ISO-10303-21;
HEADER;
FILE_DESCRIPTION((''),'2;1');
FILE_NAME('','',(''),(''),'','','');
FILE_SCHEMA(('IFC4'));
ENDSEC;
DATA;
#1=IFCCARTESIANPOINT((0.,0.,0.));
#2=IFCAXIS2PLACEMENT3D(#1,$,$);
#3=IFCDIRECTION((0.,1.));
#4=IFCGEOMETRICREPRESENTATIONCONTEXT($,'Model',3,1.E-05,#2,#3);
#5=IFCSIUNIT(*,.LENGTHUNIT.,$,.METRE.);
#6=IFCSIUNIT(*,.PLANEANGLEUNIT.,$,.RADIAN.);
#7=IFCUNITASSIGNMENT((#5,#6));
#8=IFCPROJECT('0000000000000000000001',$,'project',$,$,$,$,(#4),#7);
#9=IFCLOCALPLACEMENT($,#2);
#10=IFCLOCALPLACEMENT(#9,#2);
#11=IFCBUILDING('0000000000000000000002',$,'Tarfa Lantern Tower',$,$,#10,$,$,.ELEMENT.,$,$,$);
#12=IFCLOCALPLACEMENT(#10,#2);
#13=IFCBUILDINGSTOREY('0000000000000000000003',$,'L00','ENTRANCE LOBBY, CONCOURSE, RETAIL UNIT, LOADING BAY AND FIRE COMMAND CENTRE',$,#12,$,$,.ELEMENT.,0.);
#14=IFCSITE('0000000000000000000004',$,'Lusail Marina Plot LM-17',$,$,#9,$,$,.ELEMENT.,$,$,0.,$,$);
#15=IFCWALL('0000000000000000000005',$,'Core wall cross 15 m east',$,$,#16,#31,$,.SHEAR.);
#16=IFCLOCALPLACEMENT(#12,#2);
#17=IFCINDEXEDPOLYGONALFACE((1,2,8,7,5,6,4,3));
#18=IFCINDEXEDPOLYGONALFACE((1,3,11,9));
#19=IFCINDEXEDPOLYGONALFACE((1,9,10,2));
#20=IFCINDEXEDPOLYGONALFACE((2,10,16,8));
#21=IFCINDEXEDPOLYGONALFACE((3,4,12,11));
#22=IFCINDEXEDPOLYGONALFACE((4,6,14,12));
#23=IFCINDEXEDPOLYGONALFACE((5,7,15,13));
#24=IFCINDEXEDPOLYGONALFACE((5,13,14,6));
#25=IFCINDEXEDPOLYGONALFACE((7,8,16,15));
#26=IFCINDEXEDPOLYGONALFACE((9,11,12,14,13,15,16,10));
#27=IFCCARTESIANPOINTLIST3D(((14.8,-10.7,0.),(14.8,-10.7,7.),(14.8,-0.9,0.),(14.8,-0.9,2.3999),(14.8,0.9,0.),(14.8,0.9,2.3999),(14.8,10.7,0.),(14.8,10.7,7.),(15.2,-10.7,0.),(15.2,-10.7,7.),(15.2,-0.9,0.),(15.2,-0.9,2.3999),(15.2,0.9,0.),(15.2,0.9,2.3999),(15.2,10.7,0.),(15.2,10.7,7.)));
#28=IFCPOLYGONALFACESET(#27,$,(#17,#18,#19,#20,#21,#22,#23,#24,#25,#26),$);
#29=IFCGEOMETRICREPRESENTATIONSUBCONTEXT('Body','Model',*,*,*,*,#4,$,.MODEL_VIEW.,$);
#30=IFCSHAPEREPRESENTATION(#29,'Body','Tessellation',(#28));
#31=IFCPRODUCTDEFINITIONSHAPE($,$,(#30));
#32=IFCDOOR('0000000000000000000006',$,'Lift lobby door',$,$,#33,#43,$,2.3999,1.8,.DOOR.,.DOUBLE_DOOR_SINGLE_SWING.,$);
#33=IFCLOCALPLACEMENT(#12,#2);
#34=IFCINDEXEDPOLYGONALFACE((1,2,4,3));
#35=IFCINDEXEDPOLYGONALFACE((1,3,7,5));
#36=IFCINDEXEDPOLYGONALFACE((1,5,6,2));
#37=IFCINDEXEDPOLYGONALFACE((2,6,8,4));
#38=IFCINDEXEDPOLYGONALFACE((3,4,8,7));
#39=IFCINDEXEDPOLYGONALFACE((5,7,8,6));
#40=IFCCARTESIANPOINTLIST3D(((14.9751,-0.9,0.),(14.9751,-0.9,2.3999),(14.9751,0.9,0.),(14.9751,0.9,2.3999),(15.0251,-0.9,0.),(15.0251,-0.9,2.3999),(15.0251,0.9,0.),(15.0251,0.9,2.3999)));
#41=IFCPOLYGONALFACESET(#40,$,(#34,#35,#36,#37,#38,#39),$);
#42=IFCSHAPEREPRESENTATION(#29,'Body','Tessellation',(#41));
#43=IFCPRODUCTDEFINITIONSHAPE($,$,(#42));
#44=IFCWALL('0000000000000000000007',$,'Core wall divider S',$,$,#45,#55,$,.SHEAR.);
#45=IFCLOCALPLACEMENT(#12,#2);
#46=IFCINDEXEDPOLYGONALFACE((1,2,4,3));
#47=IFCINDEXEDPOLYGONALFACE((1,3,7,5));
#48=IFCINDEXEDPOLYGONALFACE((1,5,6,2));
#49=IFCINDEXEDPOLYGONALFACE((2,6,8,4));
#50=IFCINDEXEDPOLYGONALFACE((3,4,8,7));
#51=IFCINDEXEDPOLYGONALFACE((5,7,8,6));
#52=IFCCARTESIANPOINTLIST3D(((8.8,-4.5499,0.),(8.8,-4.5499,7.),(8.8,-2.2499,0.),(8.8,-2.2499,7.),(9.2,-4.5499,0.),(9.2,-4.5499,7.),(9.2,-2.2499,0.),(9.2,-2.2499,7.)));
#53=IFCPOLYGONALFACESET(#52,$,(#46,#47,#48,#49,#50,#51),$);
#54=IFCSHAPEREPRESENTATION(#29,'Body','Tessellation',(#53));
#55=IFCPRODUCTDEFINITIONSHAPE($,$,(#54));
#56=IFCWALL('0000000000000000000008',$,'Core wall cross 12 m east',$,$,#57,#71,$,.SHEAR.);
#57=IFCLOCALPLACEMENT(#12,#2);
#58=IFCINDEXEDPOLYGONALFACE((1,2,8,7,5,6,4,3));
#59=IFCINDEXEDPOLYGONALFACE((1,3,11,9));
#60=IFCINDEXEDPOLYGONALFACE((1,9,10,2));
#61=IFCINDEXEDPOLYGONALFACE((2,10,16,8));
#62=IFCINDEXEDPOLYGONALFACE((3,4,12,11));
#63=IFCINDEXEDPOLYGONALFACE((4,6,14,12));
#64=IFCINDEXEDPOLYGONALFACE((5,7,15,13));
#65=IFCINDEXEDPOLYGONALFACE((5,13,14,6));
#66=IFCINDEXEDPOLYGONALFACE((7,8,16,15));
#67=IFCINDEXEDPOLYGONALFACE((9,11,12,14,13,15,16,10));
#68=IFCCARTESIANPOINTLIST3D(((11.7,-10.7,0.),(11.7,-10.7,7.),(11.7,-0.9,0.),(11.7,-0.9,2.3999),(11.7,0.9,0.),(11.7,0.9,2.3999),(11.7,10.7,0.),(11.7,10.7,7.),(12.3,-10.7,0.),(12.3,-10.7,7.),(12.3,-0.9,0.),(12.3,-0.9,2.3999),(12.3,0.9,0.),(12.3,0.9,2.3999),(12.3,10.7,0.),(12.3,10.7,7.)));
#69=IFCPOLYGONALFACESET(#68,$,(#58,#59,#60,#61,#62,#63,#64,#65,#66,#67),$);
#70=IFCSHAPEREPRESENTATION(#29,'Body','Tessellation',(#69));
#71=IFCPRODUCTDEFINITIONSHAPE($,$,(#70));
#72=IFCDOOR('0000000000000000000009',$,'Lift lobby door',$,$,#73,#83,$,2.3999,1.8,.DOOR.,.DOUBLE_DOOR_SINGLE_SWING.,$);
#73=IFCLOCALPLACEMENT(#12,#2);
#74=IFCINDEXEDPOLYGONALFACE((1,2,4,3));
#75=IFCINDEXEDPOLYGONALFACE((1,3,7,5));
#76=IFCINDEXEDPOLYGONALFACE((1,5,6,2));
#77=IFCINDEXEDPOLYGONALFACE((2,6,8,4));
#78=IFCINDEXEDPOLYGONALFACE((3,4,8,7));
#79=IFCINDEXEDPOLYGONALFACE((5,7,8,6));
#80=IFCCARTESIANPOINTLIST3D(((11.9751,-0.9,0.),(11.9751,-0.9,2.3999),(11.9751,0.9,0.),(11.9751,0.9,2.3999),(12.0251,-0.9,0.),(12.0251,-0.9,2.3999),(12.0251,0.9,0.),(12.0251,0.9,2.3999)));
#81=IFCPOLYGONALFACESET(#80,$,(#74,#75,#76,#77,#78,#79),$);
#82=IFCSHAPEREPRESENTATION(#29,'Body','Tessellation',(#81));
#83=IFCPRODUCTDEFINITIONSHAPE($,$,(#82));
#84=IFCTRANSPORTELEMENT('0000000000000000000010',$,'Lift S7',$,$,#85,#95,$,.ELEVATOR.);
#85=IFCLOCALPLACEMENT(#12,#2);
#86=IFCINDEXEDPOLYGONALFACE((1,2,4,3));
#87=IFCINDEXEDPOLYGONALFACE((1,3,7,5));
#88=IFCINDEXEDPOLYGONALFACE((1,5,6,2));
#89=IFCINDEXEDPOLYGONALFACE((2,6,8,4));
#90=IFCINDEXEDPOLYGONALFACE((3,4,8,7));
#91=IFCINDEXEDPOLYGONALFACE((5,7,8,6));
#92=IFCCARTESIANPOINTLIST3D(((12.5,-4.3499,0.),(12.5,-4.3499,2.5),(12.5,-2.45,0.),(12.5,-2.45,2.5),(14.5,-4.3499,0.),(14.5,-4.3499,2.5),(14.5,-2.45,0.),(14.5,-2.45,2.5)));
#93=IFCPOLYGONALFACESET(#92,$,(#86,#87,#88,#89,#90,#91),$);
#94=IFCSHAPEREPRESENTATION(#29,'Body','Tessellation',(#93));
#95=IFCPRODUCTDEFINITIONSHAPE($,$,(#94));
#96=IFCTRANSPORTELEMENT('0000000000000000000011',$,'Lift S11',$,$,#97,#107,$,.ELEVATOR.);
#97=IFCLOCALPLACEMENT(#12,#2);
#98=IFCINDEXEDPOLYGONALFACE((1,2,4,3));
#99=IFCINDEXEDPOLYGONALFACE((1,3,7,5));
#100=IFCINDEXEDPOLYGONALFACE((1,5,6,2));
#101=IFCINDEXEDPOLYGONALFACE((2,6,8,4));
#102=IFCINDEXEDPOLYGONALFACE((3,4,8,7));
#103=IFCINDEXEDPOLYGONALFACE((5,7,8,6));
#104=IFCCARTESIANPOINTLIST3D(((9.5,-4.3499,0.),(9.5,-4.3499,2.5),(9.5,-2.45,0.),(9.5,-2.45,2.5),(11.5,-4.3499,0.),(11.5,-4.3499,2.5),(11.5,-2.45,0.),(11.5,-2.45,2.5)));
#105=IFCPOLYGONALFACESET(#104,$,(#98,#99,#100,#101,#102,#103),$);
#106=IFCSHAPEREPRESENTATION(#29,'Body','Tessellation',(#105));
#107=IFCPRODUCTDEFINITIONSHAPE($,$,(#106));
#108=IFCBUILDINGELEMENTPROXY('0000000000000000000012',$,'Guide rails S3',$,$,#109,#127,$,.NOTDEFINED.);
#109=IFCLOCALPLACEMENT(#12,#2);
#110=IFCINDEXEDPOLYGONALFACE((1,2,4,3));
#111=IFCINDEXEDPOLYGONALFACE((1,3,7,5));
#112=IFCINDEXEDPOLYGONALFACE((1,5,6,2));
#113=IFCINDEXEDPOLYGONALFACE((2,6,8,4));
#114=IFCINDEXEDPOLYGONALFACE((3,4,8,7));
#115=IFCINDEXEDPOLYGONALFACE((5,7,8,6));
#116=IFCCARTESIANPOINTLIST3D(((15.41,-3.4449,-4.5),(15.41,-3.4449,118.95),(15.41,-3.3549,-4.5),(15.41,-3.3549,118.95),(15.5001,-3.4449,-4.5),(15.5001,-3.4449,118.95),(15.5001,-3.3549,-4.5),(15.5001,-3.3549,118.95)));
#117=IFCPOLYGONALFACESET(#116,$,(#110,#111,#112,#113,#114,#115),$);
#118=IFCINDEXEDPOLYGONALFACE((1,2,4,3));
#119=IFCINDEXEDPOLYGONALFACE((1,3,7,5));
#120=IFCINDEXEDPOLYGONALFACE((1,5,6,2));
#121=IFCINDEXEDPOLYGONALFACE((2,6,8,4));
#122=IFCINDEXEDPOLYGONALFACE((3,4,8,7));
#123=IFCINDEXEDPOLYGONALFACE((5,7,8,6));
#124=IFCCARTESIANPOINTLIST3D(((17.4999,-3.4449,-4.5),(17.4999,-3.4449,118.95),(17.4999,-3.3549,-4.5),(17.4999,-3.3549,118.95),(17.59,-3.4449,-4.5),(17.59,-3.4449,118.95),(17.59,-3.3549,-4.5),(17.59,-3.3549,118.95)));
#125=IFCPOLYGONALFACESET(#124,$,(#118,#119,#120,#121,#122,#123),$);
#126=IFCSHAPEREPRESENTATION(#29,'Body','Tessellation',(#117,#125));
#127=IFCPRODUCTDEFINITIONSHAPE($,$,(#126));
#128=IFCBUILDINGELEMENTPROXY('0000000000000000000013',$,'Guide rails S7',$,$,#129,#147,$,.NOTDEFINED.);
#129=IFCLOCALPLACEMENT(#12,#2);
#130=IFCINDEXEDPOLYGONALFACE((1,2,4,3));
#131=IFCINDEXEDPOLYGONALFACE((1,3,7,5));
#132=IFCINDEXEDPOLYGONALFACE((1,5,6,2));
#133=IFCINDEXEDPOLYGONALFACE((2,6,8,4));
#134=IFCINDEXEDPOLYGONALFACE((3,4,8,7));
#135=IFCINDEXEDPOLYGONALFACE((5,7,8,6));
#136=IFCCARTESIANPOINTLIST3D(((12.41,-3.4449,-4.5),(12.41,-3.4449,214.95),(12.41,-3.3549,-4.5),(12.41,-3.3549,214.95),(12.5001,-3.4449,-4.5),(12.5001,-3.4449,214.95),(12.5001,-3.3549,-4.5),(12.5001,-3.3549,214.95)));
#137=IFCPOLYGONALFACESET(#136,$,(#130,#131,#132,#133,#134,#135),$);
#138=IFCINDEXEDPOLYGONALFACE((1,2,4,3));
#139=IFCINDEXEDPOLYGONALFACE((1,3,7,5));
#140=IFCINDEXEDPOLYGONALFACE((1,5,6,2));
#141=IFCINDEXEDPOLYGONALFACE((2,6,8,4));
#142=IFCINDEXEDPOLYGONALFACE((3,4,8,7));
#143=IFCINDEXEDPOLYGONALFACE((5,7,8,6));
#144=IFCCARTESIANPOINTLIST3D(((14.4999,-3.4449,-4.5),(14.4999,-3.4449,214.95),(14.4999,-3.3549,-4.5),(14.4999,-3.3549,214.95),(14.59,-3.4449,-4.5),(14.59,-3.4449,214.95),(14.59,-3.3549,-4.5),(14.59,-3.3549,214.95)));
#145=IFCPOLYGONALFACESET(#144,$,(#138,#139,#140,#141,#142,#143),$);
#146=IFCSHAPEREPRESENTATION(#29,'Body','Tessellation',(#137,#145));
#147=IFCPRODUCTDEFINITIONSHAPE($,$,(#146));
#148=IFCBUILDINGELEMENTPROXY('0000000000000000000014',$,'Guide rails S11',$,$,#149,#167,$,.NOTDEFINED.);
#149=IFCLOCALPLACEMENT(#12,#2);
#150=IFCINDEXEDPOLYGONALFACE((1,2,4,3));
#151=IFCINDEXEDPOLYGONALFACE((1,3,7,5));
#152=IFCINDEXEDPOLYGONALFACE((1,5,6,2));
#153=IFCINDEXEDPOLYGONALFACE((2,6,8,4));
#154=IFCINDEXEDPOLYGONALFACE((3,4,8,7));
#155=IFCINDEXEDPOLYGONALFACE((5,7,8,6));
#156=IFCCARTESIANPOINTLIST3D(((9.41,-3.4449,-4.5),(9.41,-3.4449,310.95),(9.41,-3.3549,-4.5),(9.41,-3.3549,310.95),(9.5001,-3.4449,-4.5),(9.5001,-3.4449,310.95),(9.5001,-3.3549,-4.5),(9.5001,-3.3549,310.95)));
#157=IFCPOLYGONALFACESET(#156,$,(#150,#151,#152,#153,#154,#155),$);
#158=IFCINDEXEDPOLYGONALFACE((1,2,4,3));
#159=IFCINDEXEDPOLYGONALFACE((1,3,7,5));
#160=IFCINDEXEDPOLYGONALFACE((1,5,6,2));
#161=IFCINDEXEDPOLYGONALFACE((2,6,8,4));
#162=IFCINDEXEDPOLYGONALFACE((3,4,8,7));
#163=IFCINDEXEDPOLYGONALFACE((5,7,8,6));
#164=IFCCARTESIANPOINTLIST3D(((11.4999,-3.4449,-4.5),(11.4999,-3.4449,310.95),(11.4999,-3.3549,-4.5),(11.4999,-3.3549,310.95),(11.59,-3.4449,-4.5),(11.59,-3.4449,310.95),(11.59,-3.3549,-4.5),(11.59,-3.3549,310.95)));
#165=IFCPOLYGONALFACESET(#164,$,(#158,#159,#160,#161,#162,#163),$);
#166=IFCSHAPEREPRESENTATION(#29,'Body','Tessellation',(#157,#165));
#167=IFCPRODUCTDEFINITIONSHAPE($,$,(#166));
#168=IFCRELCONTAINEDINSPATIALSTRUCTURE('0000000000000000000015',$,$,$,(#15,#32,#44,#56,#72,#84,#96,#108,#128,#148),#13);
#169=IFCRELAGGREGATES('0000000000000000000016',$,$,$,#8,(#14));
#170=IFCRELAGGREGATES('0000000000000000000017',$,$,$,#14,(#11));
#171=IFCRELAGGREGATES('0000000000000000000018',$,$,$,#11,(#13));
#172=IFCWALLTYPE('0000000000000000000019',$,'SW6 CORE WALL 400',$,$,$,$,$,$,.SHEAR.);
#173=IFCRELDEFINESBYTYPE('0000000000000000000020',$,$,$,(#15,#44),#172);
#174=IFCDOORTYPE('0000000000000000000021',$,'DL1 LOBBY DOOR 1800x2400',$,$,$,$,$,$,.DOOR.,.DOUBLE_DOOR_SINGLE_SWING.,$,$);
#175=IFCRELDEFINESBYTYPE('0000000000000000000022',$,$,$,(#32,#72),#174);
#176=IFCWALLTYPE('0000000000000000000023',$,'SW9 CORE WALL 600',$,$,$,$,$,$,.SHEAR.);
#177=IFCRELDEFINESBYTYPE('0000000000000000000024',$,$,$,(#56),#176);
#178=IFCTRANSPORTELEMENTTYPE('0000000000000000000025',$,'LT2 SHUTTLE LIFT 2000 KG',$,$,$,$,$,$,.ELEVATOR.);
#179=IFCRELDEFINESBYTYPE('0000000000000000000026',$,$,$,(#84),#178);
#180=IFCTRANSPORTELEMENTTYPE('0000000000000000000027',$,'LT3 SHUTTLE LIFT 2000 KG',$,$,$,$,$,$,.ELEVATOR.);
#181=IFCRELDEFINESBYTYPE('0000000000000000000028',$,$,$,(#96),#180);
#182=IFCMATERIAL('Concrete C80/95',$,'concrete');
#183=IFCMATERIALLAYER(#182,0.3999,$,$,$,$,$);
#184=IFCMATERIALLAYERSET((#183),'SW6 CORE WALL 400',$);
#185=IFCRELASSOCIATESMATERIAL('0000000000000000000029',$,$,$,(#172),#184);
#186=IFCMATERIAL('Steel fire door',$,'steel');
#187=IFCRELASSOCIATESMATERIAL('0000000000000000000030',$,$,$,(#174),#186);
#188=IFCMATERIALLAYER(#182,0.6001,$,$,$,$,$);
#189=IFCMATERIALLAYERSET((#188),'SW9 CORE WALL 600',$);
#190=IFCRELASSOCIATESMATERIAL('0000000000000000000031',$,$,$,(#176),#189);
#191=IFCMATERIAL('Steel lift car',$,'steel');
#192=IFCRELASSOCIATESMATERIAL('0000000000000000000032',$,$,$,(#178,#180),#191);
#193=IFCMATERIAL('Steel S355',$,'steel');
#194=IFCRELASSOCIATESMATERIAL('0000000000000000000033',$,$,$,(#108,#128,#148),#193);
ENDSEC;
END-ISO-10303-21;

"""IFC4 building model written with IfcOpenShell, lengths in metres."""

from ifc_helpers import new_model, si_unit, direction, frame, frame_2d, origin, origin_2d, place, context, subcontext, project, spatial, rectangle, extrude, material, layer, layer_set, type_object, element, fill, save


model = new_model("IFC4")

# Units and contexts
model_context = context("Model", 3, precision=1e-05, world=origin(), true_north=direction((0.0, 1.0)))
body_context = subcontext(model_context, "Body", "Model", "MODEL_VIEW")
ifc_project = project(units=[si_unit("LENGTHUNIT", "METRE"), si_unit("PLANEANGLEUNIT", "RADIAN")], contexts=[model_context])

# Site, building, storey
site_placement = place(None, origin())
site = spatial("IfcSite", under=ifc_project, at=site_placement, Name="Lusail Marina Plot LM-17", CompositionType="ELEMENT", RefElevation=0.0)
building_placement = place(site_placement, origin())
building = spatial("IfcBuilding", under=site, at=building_placement, Name="Tarfa Lantern Tower", CompositionType="ELEMENT")
storey_placement = place(building_placement, origin())
storey = spatial("IfcBuildingStorey", under=building, at=storey_placement, Name="L00", Description="ENTRANCE LOBBY, CONCOURSE, RETAIL UNIT, LOADING BAY AND FIRE COMMAND CENTRE", CompositionType="ELEMENT", Elevation=0.0)

# Shared definitions
ifc_material_1 = material(Name="Concrete C80/95", Category="concrete")
ifc_material_2 = material(Name="Steel fire door", Category="steel")

# Wall, opening, door
ifc_layer_1 = layer(ifc_material_1, 0.3999)
ifc_layer_set_1 = layer_set([ifc_layer_1], Name="SW6 CORE WALL 400")
wall_type_1 = type_object("IfcWallType", Name="SW6 CORE WALL 400", PredefinedType="SHEAR", material=ifc_layer_set_1)
wall_1_placement = place(storey_placement, frame((15.0, -10.7, 0.0), z_axis=(0.0, 0.0, 1.0), x_axis=(0.0, 1.0, 0.0)))
wall_1 = element("IfcWall", 1, at=wall_1_placement, inside=storey, type_object=wall_type_1, Name="Core wall cross 15 m east", PredefinedType="SHEAR", context=body_context, shape_type="SweptSolid", body=[
    extrude(rectangle(XDim=21.3999, YDim=0.3999, at=frame_2d((10.7, 0.0))), origin(), (0.0, 0.0, 1.0), 7.0),
])
opening_1_placement = place(wall_1_placement, frame((9.8, 0.0, 0.0)))
opening_1 = element("IfcOpeningElement", 2, at=opening_1_placement, cuts=wall_1, PredefinedType="OPENING", context=body_context, shape_type="SweptSolid", body=[
    extrude(rectangle(XDim=1.8, YDim=2.3999, at=frame_2d((0.8999, 1.2))), frame((0.0, 0.21, 0.0), z_axis=(0.0, -1.0, 0.0), x_axis=(1.0, 0.0, 0.0)), (0.0, 0.0, 1.0), 0.4199),
])
door_type_1 = type_object("IfcDoorType", Name="DL1 LOBBY DOOR 1800x2400", OperationType="DOUBLE_DOOR_SINGLE_SWING", PredefinedType="DOOR", material=ifc_material_2)
door_1_placement = place(opening_1_placement, origin())
door_1 = element("IfcDoor", 3, at=door_1_placement, inside=storey, type_object=door_type_1, Name="Lift lobby door", OperationType="DOUBLE_DOOR_SINGLE_SWING", OverallHeight=2.3999, OverallWidth=1.8, PredefinedType="DOOR", context=body_context, shape_type="SweptSolid", body=[
    extrude(rectangle(XDim=1.8, YDim=2.3999, at=frame_2d((0.8999, 1.2))), frame((0.0, 0.0249, 0.0), z_axis=(0.0, -1.0, 0.0), x_axis=(1.0, 0.0, 0.0)), (0.0, 0.0, 1.0), 0.05),
])
fill(opening_1, door_1)

# Wall
wall_2_placement = place(storey_placement, frame((9.0, -2.25, 0.0), z_axis=(0.0, 0.0, 1.0), x_axis=(0.0, -1.0, 0.0)))
element("IfcWall", 4, at=wall_2_placement, inside=storey, type_object=wall_type_1, Name="Core wall divider S", PredefinedType="SHEAR", context=body_context, shape_type="SweptSolid", body=[
    extrude(rectangle(XDim=2.3, YDim=0.3999, at=frame_2d((1.1499, 0.0))), origin(), (0.0, 0.0, 1.0), 7.0),
])

# Wall, opening, door
ifc_layer_2 = layer(ifc_material_1, 0.6001)
ifc_layer_set_2 = layer_set([ifc_layer_2], Name="SW9 CORE WALL 600")
wall_type_2 = type_object("IfcWallType", Name="SW9 CORE WALL 600", PredefinedType="SHEAR", material=ifc_layer_set_2)
wall_3_placement = place(storey_placement, frame((12.0, -10.7, 0.0), z_axis=(0.0, 0.0, 1.0), x_axis=(0.0, 1.0, 0.0)))
wall_3 = element("IfcWall", 5, at=wall_3_placement, inside=storey, type_object=wall_type_2, Name="Core wall cross 12 m east", PredefinedType="SHEAR", context=body_context, shape_type="SweptSolid", body=[
    extrude(rectangle(XDim=21.3999, YDim=0.6001, at=frame_2d((10.7, 0.0))), origin(), (0.0, 0.0, 1.0), 7.0),
])
opening_2_placement = place(wall_3_placement, frame((9.8, 0.0, 0.0)))
opening_2 = element("IfcOpeningElement", 6, at=opening_2_placement, cuts=wall_3, PredefinedType="OPENING", context=body_context, shape_type="SweptSolid", body=[
    extrude(rectangle(XDim=1.8, YDim=2.3999, at=frame_2d((0.8999, 1.2))), frame((0.0, 0.3101, 0.0), z_axis=(0.0, -1.0, 0.0), x_axis=(1.0, 0.0, 0.0)), (0.0, 0.0, 1.0), 0.6201),
])
door_2_placement = place(opening_2_placement, origin())
door_2 = element("IfcDoor", 7, at=door_2_placement, inside=storey, type_object=door_type_1, Name="Lift lobby door", OperationType="DOUBLE_DOOR_SINGLE_SWING", OverallHeight=2.3999, OverallWidth=1.8, PredefinedType="DOOR", context=body_context, shape_type="SweptSolid", body=[
    extrude(rectangle(XDim=1.8, YDim=2.3999, at=frame_2d((0.8999, 1.2))), frame((0.0, 0.0249, 0.0), z_axis=(0.0, -1.0, 0.0), x_axis=(1.0, 0.0, 0.0)), (0.0, 0.0, 1.0), 0.05),
])
fill(opening_2, door_2)

# Transport elements
ifc_material_3 = material(Name="Steel lift car", Category="steel")
transport_element_type_1 = type_object("IfcTransportElementType", Name="LT2 SHUTTLE LIFT 2000 KG", PredefinedType="ELEVATOR", material=ifc_material_3)
transport_element_1_placement = place(storey_placement, frame((13.5, -3.3999, 0.0), z_axis=(0.0, 0.0, 1.0), x_axis=(1.0, 0.0, 0.0)))
element("IfcTransportElement", 8, at=transport_element_1_placement, inside=storey, type_object=transport_element_type_1, Name="Lift S7", PredefinedType="ELEVATOR", context=body_context, shape_type="SweptSolid", body=[
    extrude(rectangle(XDim=2.0, YDim=1.8999, at=origin_2d()), origin(), (0.0, 0.0, 1.0), 2.5),
])
transport_element_type_2 = type_object("IfcTransportElementType", Name="LT3 SHUTTLE LIFT 2000 KG", PredefinedType="ELEVATOR", material=ifc_material_3)
transport_element_2_placement = place(storey_placement, frame((10.5, -3.3999, 0.0), z_axis=(0.0, 0.0, 1.0), x_axis=(1.0, 0.0, 0.0)))
element("IfcTransportElement", 9, at=transport_element_2_placement, inside=storey, type_object=transport_element_type_2, Name="Lift S11", PredefinedType="ELEVATOR", context=body_context, shape_type="SweptSolid", body=[
    extrude(rectangle(XDim=2.0, YDim=1.8999, at=origin_2d()), origin(), (0.0, 0.0, 1.0), 2.5),
])

# Building element proxies
ifc_material_4 = material(Name="Steel S355", Category="steel")
proxy_1_placement = place(storey_placement, frame((15.4551, -3.3999, -4.5), z_axis=(0.0, 0.0, 1.0), x_axis=(1.0, 0.0, 0.0)))
element("IfcBuildingElementProxy", 10, at=proxy_1_placement, inside=storey, material=ifc_material_4, Name="Guide rails S3", PredefinedType="NOTDEFINED", context=body_context, shape_type="SweptSolid", body=[
    extrude(rectangle(XDim=0.0901, YDim=0.0901, at=origin_2d()), origin(), (0.0, 0.0, 1.0), 123.45),
    extrude(rectangle(XDim=0.0901, YDim=0.0901, at=frame_2d((2.0898, 0.0))), origin(), (0.0, 0.0, 1.0), 123.45),
])
proxy_2_placement = place(storey_placement, frame((12.4551, -3.3999, -4.5), z_axis=(0.0, 0.0, 1.0), x_axis=(1.0, 0.0, 0.0)))
element("IfcBuildingElementProxy", 11, at=proxy_2_placement, inside=storey, material=ifc_material_4, Name="Guide rails S7", PredefinedType="NOTDEFINED", context=body_context, shape_type="SweptSolid", body=[
    extrude(rectangle(XDim=0.0901, YDim=0.0901, at=origin_2d()), origin(), (0.0, 0.0, 1.0), 219.45),
    extrude(rectangle(XDim=0.0901, YDim=0.0901, at=frame_2d((2.0898, 0.0))), origin(), (0.0, 0.0, 1.0), 219.45),
])
proxy_3_placement = place(storey_placement, frame((9.4551, -3.3999, -4.5), z_axis=(0.0, 0.0, 1.0), x_axis=(1.0, 0.0, 0.0)))
element("IfcBuildingElementProxy", 12, at=proxy_3_placement, inside=storey, material=ifc_material_4, Name="Guide rails S11", PredefinedType="NOTDEFINED", context=body_context, shape_type="SweptSolid", body=[
    extrude(rectangle(XDim=0.0901, YDim=0.0901, at=origin_2d()), origin(), (0.0, 0.0, 1.0), 315.45),
    extrude(rectangle(XDim=0.0901, YDim=0.0901, at=frame_2d((2.0898, 0.0))), origin(), (0.0, 0.0, 1.0), 315.45),
])

save(model, "model.ifc")
